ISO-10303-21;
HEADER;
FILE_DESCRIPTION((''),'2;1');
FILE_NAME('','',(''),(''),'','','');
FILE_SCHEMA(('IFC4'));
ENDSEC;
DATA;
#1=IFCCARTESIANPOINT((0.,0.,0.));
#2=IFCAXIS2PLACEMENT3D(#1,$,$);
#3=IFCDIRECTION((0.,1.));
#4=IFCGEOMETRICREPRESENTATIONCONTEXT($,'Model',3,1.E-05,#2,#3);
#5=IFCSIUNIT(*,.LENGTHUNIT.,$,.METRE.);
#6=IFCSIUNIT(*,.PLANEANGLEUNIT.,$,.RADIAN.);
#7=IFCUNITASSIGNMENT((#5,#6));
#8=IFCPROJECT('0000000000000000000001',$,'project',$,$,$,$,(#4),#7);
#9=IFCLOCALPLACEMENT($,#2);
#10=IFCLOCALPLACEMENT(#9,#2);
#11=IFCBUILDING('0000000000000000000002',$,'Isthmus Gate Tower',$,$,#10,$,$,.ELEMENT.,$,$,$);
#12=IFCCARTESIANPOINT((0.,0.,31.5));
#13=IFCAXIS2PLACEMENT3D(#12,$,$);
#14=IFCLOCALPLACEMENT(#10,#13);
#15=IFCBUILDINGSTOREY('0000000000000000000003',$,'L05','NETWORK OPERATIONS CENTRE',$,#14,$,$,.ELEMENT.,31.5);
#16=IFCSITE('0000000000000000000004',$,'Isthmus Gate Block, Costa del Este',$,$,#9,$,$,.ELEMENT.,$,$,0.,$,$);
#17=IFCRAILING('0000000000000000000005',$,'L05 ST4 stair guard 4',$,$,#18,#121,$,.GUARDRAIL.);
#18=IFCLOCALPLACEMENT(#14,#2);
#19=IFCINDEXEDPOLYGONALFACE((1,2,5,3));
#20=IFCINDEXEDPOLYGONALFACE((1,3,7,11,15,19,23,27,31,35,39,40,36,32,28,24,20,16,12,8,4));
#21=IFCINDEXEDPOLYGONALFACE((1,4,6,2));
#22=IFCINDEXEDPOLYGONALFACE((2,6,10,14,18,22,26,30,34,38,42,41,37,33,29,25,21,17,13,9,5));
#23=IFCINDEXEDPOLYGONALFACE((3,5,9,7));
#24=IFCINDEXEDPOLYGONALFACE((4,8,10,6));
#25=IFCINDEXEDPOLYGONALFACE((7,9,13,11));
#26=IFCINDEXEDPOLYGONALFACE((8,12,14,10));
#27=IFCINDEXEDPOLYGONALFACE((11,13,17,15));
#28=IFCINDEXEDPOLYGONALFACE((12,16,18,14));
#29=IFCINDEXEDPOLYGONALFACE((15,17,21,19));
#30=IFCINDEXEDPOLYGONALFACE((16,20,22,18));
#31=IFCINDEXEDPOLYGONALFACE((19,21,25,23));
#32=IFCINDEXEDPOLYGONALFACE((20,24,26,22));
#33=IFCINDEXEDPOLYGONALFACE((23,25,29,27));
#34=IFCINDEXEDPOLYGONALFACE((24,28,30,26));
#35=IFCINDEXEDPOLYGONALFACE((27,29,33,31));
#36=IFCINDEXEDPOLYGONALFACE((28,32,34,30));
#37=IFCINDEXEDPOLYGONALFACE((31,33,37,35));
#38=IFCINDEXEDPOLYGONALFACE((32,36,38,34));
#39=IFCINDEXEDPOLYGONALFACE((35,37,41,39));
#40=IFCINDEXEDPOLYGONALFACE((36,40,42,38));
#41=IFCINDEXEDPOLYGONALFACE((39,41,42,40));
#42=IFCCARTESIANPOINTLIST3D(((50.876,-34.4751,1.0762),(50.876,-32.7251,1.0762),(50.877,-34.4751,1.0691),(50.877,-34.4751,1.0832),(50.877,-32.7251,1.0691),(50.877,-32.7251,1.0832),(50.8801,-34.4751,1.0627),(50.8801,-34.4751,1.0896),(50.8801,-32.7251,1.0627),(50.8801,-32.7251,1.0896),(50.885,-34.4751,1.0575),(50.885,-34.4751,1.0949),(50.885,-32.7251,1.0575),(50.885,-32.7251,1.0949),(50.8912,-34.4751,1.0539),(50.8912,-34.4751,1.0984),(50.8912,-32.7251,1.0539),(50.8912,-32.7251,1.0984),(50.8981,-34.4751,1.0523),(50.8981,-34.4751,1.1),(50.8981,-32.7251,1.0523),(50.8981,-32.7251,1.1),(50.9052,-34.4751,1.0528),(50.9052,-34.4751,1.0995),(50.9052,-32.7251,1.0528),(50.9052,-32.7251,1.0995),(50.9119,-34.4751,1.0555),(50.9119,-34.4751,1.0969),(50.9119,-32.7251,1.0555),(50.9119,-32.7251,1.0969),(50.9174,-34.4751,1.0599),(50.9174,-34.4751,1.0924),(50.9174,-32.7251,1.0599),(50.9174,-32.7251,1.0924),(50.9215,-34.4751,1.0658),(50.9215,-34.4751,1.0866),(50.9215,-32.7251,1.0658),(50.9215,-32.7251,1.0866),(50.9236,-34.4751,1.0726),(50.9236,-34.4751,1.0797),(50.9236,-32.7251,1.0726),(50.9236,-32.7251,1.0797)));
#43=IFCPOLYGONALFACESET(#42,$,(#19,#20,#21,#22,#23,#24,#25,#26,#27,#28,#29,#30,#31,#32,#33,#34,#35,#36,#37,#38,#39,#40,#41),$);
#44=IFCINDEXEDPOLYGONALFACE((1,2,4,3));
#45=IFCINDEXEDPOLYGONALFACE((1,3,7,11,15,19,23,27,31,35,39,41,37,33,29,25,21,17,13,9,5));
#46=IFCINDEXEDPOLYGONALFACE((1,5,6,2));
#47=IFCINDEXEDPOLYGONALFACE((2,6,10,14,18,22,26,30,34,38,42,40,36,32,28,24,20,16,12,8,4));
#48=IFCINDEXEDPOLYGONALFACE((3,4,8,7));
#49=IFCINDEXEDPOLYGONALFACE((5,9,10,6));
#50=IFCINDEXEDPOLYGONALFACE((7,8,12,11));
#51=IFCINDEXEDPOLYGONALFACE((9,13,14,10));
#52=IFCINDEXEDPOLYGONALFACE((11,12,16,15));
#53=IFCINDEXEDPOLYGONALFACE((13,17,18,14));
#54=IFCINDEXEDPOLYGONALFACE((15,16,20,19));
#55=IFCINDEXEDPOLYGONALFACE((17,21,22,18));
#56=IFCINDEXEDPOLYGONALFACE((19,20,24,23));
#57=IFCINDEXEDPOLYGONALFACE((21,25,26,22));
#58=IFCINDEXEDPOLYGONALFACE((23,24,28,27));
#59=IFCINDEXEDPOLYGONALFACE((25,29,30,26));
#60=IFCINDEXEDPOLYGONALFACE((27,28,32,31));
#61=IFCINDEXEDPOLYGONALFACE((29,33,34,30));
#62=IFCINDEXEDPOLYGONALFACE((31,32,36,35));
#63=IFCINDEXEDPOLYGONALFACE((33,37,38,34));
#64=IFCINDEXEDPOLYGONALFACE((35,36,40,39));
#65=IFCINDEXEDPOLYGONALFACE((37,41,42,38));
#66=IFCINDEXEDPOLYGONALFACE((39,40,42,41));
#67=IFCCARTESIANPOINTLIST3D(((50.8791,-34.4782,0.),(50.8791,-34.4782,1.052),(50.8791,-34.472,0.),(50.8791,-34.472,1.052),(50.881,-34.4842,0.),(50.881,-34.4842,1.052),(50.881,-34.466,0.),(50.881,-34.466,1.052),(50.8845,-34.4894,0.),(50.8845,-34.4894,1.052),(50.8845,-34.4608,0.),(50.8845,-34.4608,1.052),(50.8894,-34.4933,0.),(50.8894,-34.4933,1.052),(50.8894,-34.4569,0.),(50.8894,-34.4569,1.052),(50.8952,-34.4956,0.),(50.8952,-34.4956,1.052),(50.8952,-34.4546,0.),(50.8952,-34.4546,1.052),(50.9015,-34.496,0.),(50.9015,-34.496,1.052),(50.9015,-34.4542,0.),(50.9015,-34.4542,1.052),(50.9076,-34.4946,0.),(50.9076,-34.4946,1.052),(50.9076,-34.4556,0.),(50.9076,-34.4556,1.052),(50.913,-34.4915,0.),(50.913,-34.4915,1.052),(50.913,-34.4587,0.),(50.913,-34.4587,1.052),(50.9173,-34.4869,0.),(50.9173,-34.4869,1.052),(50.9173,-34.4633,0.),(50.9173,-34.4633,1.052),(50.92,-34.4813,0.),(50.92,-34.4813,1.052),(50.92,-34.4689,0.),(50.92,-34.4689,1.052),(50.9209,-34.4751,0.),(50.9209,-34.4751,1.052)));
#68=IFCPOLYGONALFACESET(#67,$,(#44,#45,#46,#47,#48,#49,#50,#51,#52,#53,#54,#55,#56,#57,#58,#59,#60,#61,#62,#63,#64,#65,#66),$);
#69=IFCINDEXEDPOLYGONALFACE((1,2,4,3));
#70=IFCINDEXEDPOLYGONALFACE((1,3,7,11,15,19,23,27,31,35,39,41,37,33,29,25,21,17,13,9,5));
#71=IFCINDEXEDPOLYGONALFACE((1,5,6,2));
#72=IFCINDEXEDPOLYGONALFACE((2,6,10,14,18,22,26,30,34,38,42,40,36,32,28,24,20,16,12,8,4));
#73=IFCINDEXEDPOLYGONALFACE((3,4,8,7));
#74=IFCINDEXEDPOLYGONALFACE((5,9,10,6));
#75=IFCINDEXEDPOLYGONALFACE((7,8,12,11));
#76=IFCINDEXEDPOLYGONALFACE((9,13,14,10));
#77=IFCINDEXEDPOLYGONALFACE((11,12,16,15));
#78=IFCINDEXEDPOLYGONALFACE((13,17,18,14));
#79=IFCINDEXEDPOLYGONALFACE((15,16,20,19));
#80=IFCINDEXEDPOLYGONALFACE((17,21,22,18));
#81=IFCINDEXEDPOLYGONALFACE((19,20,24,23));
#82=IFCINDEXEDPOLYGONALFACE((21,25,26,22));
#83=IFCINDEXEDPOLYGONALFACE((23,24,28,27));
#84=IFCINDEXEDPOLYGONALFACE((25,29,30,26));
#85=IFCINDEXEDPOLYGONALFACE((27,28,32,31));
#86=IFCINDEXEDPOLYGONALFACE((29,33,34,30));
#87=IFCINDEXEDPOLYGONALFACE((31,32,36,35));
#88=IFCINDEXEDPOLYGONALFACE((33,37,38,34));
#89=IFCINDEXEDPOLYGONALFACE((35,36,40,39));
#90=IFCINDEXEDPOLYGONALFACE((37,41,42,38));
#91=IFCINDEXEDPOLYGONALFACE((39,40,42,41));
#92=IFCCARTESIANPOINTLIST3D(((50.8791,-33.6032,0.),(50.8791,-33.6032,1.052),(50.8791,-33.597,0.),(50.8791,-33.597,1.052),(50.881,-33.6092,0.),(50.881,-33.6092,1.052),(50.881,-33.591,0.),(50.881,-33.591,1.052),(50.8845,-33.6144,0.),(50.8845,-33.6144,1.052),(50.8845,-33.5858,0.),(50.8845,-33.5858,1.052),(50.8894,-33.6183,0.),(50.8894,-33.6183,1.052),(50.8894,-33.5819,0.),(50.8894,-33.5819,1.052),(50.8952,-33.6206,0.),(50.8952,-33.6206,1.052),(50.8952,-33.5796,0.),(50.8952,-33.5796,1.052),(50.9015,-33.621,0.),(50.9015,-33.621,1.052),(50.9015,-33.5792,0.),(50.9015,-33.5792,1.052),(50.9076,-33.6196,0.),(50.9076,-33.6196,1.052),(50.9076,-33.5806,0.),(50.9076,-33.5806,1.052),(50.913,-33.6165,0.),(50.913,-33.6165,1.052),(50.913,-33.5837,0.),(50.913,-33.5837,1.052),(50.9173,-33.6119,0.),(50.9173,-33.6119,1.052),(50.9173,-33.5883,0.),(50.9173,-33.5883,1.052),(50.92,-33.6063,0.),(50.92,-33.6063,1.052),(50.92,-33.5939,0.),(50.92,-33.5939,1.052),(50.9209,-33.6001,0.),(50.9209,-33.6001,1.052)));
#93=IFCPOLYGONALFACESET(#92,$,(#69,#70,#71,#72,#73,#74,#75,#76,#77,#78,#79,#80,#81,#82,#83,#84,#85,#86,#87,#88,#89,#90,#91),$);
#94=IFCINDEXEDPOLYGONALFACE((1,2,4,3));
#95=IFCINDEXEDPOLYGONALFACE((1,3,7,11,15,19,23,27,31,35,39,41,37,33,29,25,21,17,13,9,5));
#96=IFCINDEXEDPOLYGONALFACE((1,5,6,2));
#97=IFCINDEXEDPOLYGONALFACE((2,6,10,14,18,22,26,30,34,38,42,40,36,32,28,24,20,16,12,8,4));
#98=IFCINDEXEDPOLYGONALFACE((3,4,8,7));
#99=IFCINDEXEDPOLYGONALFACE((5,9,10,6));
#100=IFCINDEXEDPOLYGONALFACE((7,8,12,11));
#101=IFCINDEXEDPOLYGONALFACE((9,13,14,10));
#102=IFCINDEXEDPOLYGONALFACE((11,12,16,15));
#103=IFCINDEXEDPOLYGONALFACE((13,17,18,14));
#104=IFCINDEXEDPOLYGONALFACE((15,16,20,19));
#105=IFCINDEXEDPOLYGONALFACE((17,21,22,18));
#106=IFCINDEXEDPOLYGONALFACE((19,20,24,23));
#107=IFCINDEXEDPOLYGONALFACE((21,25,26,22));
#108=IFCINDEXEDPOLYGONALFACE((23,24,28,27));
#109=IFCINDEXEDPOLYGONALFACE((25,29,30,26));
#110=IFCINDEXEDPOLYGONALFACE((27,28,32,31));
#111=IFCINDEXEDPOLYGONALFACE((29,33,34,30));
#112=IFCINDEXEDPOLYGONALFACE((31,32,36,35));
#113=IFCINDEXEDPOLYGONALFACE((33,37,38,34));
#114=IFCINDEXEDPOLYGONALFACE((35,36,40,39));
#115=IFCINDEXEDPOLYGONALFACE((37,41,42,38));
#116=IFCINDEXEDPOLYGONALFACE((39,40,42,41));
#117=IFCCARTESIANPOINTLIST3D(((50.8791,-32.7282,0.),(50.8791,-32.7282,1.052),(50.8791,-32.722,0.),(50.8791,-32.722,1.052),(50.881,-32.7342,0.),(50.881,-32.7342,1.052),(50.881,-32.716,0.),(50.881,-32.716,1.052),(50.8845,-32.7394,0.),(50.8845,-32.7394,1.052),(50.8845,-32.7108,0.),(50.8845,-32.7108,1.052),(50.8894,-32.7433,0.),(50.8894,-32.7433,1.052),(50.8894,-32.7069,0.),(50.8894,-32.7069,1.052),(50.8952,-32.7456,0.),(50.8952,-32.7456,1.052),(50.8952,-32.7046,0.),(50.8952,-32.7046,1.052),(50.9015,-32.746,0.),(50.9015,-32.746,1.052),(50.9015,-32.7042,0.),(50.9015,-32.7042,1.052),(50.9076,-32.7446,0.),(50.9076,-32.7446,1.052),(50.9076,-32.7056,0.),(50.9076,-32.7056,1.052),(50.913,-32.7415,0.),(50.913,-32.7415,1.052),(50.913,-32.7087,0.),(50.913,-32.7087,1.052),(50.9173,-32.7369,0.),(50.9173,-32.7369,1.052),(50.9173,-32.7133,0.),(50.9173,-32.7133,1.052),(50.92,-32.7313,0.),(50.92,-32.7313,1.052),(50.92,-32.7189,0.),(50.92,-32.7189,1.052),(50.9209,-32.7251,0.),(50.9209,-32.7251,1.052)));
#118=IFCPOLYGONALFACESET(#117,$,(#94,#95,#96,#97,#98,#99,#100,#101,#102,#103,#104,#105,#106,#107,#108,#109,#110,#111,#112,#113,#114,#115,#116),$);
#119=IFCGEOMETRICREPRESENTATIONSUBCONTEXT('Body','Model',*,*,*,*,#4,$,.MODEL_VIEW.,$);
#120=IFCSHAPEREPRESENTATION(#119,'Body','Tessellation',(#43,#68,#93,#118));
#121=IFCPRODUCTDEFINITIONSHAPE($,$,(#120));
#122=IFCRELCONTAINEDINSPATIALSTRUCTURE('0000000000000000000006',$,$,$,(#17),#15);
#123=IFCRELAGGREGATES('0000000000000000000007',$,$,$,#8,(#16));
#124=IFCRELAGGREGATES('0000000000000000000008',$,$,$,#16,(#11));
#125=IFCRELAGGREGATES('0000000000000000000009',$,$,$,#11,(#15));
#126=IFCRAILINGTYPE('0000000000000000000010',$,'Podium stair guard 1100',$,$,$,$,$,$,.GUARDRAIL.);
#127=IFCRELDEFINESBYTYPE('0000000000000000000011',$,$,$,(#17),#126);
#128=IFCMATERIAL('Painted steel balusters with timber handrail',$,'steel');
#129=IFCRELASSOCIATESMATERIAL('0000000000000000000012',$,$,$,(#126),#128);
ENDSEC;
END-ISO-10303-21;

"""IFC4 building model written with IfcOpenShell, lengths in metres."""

from ifc_helpers import new_model, si_unit, direction, frame, origin, origin_2d, place, context, subcontext, project, spatial, circle, extrude, material, type_object, element, save


model = new_model("IFC4")

# Units and contexts
model_context = context("Model", 3, precision=1e-05, world=origin(), true_north=direction((0.0, 1.0)))
body_context = subcontext(model_context, "Body", "Model", "MODEL_VIEW")
ifc_project = project(units=[si_unit("LENGTHUNIT", "METRE"), si_unit("PLANEANGLEUNIT", "RADIAN")], contexts=[model_context])

# Site, building, storey
site_placement = place(None, origin())
site = spatial("IfcSite", under=ifc_project, at=site_placement, Name="Isthmus Gate Block, Costa del Este", CompositionType="ELEMENT", RefElevation=0.0)
building_placement = place(site_placement, origin())
building = spatial("IfcBuilding", under=site, at=building_placement, Name="Isthmus Gate Tower", CompositionType="ELEMENT")
storey_placement = place(building_placement, frame((0.0, 0.0, 31.5)))
storey = spatial("IfcBuildingStorey", under=building, at=storey_placement, Name="L05", Description="NETWORK OPERATIONS CENTRE", CompositionType="ELEMENT", Elevation=31.5)

# Railing
ifc_material_1 = material(Name="Painted steel balusters with timber handrail", Category="steel")
railing_type_1 = type_object("IfcRailingType", Name="Podium stair guard 1100", PredefinedType="GUARDRAIL", material=ifc_material_1)
railing_1_placement = place(storey_placement, frame((50.8999, -34.4751, 0.0)))
element("IfcRailing", 1, at=railing_1_placement, inside=storey, type_object=railing_type_1, Name="L05 ST4 stair guard 4", PredefinedType="GUARDRAIL", context=body_context, shape_type="SweptSolid", body=[
    extrude(circle(Radius=0.0239, at=origin_2d()), frame((0.0, 0.0, 1.0762), z_axis=(0.0, 1.0, 0.0), x_axis=(-1.0, 0.0, 0.0)), (0.0, 0.0, 1.0), 1.75),
    extrude(circle(Radius=0.021, at=origin_2d()), origin(), (0.0, 0.0, 1.0), 1.052),
    extrude(circle(Radius=0.021, at=origin_2d()), frame((0.0, 0.875, 0.0)), (0.0, 0.0, 1.0), 1.052),
    extrude(circle(Radius=0.021, at=origin_2d()), frame((0.0, 1.75, 0.0)), (0.0, 0.0, 1.0), 1.052),
])

save(model, "model.ifc")
